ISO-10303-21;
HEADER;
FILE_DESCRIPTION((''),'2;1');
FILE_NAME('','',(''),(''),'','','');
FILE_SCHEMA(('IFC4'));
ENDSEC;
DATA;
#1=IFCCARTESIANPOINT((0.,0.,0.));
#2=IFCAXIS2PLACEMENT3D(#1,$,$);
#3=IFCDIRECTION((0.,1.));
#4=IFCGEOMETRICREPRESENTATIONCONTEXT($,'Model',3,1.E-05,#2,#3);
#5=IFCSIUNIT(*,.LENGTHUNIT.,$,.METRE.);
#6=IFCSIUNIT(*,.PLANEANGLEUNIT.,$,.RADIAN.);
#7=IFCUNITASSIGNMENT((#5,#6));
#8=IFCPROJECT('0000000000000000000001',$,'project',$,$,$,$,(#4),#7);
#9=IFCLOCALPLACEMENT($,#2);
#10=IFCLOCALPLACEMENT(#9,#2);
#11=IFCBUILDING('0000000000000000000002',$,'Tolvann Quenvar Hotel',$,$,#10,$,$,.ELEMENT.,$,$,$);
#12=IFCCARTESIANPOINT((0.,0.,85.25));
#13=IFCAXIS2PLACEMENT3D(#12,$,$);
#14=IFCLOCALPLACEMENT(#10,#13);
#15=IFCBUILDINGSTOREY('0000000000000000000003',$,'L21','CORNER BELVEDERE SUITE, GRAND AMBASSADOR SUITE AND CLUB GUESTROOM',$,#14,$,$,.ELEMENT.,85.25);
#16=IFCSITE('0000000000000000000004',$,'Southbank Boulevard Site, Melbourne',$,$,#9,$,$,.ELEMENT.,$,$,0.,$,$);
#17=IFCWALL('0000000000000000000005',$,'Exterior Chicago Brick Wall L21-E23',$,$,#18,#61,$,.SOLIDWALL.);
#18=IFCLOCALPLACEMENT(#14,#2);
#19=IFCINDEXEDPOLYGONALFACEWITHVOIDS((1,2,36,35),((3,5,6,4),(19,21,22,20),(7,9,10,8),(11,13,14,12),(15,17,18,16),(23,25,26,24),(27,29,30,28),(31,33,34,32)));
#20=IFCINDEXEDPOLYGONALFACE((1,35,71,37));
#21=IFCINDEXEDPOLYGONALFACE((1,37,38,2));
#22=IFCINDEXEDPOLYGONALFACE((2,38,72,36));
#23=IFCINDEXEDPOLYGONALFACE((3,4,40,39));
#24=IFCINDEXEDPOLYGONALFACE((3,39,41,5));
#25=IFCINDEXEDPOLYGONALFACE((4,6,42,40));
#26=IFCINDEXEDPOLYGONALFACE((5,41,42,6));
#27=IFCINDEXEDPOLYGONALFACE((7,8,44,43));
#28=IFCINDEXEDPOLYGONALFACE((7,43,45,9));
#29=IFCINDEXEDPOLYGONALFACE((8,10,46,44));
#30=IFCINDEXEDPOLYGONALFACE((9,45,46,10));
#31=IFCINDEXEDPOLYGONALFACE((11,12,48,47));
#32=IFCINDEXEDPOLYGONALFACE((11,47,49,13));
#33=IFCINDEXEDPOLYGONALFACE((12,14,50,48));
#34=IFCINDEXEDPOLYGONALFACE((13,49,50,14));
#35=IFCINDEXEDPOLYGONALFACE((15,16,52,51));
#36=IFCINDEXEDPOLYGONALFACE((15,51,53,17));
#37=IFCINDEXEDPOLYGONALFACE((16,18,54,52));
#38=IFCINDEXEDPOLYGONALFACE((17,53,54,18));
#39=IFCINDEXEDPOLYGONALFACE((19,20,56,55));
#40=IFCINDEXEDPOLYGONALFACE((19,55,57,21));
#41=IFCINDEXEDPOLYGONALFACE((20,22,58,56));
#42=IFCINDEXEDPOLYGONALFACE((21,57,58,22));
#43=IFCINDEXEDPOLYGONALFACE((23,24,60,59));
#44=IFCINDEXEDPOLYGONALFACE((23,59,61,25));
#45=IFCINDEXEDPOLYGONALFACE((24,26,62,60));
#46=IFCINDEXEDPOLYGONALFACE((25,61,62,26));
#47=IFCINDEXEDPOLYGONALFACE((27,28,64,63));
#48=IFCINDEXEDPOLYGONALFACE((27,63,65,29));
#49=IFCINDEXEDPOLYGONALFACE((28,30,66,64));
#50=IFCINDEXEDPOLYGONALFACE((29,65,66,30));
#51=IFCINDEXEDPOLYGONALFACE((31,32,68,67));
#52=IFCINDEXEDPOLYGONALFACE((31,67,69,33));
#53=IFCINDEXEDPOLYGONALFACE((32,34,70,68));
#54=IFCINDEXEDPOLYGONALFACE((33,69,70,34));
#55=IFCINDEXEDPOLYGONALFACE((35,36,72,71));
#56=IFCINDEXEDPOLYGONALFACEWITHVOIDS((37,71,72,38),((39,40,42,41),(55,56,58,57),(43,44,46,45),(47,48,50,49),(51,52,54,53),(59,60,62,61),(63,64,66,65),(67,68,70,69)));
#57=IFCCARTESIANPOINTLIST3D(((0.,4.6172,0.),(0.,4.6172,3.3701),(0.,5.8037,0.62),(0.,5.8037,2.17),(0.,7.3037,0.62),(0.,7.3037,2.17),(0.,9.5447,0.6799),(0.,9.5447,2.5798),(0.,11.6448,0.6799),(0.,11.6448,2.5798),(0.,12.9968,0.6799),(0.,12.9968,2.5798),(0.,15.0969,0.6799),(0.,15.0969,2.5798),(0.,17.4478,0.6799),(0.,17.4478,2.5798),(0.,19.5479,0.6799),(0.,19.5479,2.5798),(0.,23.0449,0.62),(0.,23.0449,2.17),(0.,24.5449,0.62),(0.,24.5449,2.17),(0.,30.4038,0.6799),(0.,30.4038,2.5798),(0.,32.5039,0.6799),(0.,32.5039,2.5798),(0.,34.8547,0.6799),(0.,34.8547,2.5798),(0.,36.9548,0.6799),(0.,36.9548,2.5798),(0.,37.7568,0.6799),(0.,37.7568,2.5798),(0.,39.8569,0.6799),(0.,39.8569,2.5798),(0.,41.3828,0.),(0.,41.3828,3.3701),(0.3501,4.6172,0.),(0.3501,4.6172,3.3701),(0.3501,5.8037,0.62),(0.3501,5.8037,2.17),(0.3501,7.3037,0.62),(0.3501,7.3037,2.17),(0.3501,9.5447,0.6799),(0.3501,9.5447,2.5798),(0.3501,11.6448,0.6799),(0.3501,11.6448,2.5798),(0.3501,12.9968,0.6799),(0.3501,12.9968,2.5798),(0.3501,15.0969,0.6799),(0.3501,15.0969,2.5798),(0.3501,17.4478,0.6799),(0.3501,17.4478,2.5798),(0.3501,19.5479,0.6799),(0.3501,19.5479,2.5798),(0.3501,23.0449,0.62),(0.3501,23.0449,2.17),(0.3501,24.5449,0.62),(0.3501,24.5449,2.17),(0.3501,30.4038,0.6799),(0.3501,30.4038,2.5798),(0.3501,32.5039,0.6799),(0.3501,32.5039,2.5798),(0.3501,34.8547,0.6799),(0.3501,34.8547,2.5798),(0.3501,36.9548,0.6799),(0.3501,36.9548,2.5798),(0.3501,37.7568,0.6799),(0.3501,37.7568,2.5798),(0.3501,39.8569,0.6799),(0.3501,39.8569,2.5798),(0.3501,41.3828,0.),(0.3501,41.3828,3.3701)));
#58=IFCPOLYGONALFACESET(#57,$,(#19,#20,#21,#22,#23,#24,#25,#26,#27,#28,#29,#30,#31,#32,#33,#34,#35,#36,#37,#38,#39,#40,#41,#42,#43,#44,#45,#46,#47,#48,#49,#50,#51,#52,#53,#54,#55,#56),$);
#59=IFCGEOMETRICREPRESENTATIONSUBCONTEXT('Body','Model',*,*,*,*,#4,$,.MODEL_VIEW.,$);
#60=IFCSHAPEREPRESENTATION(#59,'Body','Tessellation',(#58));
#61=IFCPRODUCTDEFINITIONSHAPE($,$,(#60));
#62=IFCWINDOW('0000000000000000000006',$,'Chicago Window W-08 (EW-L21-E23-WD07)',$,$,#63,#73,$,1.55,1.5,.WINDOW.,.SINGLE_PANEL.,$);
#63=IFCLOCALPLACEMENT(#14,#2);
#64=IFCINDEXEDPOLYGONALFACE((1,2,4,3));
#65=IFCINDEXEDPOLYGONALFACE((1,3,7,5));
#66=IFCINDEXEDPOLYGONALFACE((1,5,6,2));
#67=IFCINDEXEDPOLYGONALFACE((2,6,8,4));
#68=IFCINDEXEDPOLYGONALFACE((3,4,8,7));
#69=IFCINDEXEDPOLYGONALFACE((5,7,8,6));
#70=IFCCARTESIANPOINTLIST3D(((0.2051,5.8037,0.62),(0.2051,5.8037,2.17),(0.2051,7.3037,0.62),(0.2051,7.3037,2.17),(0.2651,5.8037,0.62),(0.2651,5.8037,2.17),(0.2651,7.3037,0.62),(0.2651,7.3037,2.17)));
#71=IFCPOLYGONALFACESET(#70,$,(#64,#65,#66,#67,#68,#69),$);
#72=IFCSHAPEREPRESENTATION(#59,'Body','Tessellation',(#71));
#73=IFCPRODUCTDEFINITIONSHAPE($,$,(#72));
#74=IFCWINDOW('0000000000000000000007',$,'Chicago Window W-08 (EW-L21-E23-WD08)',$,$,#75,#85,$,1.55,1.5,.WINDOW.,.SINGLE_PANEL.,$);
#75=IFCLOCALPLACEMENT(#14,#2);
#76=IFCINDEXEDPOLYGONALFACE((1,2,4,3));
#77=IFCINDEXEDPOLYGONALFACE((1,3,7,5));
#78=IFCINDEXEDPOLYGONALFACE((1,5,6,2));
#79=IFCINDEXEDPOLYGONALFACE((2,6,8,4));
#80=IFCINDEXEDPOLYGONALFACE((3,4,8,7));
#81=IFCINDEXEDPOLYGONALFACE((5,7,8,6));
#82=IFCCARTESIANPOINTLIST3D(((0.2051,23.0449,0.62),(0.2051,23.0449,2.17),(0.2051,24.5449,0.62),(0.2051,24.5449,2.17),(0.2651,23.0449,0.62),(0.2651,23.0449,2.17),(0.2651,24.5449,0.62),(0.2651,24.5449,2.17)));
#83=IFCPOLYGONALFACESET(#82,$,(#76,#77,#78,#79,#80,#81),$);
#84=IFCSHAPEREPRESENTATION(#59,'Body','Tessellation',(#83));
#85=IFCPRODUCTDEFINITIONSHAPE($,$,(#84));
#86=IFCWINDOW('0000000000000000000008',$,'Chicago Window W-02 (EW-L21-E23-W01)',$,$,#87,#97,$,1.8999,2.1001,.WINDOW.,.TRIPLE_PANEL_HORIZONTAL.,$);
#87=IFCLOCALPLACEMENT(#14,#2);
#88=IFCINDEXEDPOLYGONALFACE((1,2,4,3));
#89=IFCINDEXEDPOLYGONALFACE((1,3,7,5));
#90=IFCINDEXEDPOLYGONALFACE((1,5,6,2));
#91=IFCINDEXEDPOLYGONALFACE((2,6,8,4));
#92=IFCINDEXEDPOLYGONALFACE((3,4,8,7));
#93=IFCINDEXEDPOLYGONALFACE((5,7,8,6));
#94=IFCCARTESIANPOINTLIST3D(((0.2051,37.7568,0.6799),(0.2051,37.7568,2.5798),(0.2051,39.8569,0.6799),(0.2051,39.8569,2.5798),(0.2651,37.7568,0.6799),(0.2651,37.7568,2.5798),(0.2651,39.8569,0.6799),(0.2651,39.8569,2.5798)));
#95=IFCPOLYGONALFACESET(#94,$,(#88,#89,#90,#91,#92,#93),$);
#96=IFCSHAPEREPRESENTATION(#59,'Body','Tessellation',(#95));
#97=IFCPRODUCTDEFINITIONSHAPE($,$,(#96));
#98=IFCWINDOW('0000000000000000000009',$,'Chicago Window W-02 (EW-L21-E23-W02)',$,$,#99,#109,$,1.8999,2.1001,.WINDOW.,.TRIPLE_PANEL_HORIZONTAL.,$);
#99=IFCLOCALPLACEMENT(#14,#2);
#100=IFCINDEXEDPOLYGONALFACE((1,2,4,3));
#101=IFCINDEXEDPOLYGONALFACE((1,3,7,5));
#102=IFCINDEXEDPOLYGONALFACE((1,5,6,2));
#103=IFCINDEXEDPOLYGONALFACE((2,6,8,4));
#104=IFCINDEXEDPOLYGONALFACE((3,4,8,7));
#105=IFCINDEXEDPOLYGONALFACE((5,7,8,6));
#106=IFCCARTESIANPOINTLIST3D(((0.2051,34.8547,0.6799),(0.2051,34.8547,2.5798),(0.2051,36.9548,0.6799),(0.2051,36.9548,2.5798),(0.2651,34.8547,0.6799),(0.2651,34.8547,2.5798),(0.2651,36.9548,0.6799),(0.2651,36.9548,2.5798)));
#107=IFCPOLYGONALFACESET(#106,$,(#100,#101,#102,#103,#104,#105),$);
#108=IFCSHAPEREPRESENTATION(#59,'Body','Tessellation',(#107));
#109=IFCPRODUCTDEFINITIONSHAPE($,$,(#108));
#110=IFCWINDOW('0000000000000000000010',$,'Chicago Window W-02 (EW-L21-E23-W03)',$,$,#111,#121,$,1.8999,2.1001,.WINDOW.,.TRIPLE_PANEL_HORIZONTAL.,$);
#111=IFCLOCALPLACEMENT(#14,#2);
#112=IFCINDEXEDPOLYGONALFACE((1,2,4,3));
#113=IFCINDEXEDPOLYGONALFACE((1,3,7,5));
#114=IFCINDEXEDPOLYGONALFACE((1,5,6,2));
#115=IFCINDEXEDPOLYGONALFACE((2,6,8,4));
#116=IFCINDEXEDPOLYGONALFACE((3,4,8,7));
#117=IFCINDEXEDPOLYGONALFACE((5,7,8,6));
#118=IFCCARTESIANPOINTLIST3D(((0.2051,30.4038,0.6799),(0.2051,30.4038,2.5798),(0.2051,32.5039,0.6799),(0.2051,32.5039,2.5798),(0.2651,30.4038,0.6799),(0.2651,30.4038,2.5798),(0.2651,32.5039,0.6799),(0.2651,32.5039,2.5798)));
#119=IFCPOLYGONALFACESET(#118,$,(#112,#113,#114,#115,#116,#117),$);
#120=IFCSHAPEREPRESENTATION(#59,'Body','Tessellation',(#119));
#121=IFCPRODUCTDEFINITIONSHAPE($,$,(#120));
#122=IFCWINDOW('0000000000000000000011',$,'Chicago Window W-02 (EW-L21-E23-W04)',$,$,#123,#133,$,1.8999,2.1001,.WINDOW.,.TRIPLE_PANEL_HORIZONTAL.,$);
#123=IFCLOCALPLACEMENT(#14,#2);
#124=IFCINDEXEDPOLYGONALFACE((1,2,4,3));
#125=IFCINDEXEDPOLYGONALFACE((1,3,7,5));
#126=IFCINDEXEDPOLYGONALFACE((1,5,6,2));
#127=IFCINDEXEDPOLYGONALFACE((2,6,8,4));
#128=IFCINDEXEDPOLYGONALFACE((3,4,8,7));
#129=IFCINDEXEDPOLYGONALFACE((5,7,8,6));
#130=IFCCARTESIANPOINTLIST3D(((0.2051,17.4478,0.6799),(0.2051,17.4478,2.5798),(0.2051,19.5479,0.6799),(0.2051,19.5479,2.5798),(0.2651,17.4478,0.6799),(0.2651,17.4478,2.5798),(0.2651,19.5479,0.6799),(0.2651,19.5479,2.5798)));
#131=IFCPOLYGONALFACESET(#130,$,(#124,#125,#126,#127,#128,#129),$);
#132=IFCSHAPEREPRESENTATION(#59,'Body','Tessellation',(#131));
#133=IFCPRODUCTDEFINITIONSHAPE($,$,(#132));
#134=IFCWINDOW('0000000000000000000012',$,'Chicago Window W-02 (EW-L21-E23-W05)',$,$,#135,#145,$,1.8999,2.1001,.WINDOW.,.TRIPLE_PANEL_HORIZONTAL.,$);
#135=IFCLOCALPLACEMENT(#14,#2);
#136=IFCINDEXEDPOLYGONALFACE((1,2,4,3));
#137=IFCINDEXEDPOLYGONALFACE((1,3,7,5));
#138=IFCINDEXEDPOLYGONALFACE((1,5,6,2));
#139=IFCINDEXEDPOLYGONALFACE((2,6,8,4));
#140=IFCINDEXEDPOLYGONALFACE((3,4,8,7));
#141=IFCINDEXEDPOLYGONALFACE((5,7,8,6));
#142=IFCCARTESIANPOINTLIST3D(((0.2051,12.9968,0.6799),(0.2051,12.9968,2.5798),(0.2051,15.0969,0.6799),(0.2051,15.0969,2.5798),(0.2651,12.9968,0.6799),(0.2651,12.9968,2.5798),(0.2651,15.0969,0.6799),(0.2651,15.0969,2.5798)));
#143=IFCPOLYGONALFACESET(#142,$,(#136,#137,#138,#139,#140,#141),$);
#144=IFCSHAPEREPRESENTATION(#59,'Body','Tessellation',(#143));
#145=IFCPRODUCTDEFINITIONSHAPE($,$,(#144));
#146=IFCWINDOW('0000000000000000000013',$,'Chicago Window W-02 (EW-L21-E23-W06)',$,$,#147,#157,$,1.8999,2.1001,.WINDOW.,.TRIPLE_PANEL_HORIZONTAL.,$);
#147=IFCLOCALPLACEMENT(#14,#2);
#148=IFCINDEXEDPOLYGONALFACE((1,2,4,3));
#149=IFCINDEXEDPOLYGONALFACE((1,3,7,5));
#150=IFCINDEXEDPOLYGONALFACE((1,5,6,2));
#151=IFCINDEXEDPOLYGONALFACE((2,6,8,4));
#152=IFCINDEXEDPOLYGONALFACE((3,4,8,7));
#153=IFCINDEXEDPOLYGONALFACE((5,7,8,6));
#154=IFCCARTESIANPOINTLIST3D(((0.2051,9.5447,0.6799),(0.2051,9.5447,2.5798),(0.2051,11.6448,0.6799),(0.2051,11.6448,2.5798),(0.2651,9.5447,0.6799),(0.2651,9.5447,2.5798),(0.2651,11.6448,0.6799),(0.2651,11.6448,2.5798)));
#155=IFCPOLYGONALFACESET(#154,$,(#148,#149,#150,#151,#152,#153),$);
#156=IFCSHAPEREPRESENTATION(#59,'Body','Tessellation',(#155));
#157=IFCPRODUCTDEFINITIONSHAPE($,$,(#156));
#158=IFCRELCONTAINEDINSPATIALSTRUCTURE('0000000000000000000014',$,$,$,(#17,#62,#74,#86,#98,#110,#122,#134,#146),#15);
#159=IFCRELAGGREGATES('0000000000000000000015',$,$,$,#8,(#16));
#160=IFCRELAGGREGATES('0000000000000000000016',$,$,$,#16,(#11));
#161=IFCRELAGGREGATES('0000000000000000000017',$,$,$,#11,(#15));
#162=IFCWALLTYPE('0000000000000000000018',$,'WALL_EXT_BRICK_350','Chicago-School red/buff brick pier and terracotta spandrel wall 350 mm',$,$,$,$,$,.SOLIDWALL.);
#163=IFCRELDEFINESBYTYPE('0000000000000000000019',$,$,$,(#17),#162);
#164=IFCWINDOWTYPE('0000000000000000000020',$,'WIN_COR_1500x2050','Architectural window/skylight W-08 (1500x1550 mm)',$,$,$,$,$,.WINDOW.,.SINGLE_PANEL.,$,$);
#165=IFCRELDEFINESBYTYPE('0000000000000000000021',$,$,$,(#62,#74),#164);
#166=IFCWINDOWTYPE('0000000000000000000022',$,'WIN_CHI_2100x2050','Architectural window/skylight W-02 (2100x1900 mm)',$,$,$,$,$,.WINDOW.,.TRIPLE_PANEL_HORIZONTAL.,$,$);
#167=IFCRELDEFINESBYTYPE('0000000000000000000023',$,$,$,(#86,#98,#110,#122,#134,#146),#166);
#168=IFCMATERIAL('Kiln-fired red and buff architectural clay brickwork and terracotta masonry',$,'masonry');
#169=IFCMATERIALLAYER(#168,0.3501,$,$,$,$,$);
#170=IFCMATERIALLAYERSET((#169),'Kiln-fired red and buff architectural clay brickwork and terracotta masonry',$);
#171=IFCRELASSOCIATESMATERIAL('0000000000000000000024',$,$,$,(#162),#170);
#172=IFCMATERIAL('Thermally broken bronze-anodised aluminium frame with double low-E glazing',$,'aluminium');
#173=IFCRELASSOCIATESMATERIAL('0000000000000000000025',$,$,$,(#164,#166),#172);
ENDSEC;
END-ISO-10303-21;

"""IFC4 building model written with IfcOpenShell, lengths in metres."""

from ifc_helpers import new_model, si_unit, direction, frame, frame_2d, origin, place, context, subcontext, project, spatial, rectangle, extrude, source, transform, mapped, material, layer, layer_set, type_object, type_shapes, element, fill, save


model = new_model("IFC4")

# Units and contexts
model_context = context("Model", 3, precision=1e-05, world=origin(), true_north=direction((0.0, 1.0)))
body_context = subcontext(model_context, "Body", "Model", "MODEL_VIEW")
ifc_project = project(units=[si_unit("LENGTHUNIT", "METRE"), si_unit("PLANEANGLEUNIT", "RADIAN")], contexts=[model_context])

# Site, building, storey
site_placement = place(None, origin())
site = spatial("IfcSite", under=ifc_project, at=site_placement, Name="Southbank Boulevard Site, Melbourne", CompositionType="ELEMENT", RefElevation=0.0)
building_placement = place(site_placement, origin())
building = spatial("IfcBuilding", under=site, at=building_placement, Name="Tolvann Quenvar Hotel", CompositionType="ELEMENT")
storey_placement = place(building_placement, frame((0.0, 0.0, 85.25)))
storey = spatial("IfcBuildingStorey", under=building, at=storey_placement, Name="L21", Description="CORNER BELVEDERE SUITE, GRAND AMBASSADOR SUITE AND CLUB GUESTROOM", CompositionType="ELEMENT", Elevation=85.25)

# Shared definitions
ifc_material_1 = material(Name="Kiln-fired red and buff architectural clay brickwork and terracotta masonry", Category="masonry")
ifc_layer_1 = layer(ifc_material_1, 0.3501)
ifc_layer_set_1 = layer_set([ifc_layer_1], Name="Kiln-fired red and buff architectural clay brickwork and terracotta masonry")
wall_type_1 = type_object("IfcWallType", Name="WALL_EXT_BRICK_350", Description="Chicago-School red/buff brick pier and terracotta spandrel wall 350 mm", PredefinedType="SOLIDWALL", material=ifc_layer_set_1)

# Wall, openings, windows
wall_1_placement = place(storey_placement, frame((0.175, 41.3828, 0.0), z_axis=(0.0, 0.0, 1.0), x_axis=(0.0, -1.0, 0.0)))
wall_1 = element("IfcWall", 1, at=wall_1_placement, inside=storey, type_object=wall_type_1, Name="Exterior Chicago Brick Wall L21-E23", PredefinedType="SOLIDWALL", context=body_context, shape_type="SweptSolid", body=[
    extrude(rectangle(XDim=36.7656, YDim=0.3501, at=frame_2d((18.3828, 0.0))), origin(), (0.0, 0.0, 1.0), 3.3701),
])
opening_1_placement = place(wall_1_placement, frame((1.5259, 0.0, 0.6799)))
opening_1 = element("IfcOpeningElement", 2, at=opening_1_placement, cuts=wall_1, PredefinedType="OPENING", context=body_context, shape_type="SweptSolid", body=[
    extrude(rectangle(XDim=2.1001, YDim=1.8999, at=frame_2d((1.05, 0.95))), frame((0.0, 0.1851, 0.0), z_axis=(0.0, -1.0, 0.0), x_axis=(1.0, 0.0, 0.0)), (0.0, 0.0, 1.0), 0.3701),
])
opening_2_placement = place(wall_1_placement, frame((4.428, 0.0, 0.6799)))
opening_2 = element("IfcOpeningElement", 3, at=opening_2_placement, cuts=wall_1, PredefinedType="OPENING", context=body_context, shape_type="SweptSolid", body=[
    extrude(rectangle(XDim=2.1001, YDim=1.8999, at=frame_2d((1.05, 0.95))), frame((0.0, 0.1851, 0.0), z_axis=(0.0, -1.0, 0.0), x_axis=(1.0, 0.0, 0.0)), (0.0, 0.0, 1.0), 0.3701),
])
opening_3_placement = place(wall_1_placement, frame((8.8789, 0.0, 0.6799)))
opening_3 = element("IfcOpeningElement", 4, at=opening_3_placement, cuts=wall_1, PredefinedType="OPENING", context=body_context, shape_type="SweptSolid", body=[
    extrude(rectangle(XDim=2.1001, YDim=1.8999, at=frame_2d((1.05, 0.95))), frame((0.0, 0.1851, 0.0), z_axis=(0.0, -1.0, 0.0), x_axis=(1.0, 0.0, 0.0)), (0.0, 0.0, 1.0), 0.3701),
])
opening_4_placement = place(wall_1_placement, frame((21.835, 0.0, 0.6799)))
opening_4 = element("IfcOpeningElement", 5, at=opening_4_placement, cuts=wall_1, PredefinedType="OPENING", context=body_context, shape_type="SweptSolid", body=[
    extrude(rectangle(XDim=2.1001, YDim=1.8999, at=frame_2d((1.05, 0.95))), frame((0.0, 0.1851, 0.0), z_axis=(0.0, -1.0, 0.0), x_axis=(1.0, 0.0, 0.0)), (0.0, 0.0, 1.0), 0.3701),
])
opening_5_placement = place(wall_1_placement, frame((26.2859, 0.0, 0.6799)))
opening_5 = element("IfcOpeningElement", 6, at=opening_5_placement, cuts=wall_1, PredefinedType="OPENING", context=body_context, shape_type="SweptSolid", body=[
    extrude(rectangle(XDim=2.1001, YDim=1.8999, at=frame_2d((1.05, 0.95))), frame((0.0, 0.1851, 0.0), z_axis=(0.0, -1.0, 0.0), x_axis=(1.0, 0.0, 0.0)), (0.0, 0.0, 1.0), 0.3701),
])
opening_6_placement = place(wall_1_placement, frame((29.738, 0.0, 0.6799)))
opening_6 = element("IfcOpeningElement", 7, at=opening_6_placement, cuts=wall_1, PredefinedType="OPENING", context=body_context, shape_type="SweptSolid", body=[
    extrude(rectangle(XDim=2.1001, YDim=1.8999, at=frame_2d((1.05, 0.95))), frame((0.0, 0.1851, 0.0), z_axis=(0.0, -1.0, 0.0), x_axis=(1.0, 0.0, 0.0)), (0.0, 0.0, 1.0), 0.3701),
])
opening_7_placement = place(wall_1_placement, frame((34.0791, 0.0, 0.6201)))
opening_7 = element("IfcOpeningElement", 8, at=opening_7_placement, cuts=wall_1, PredefinedType="OPENING", context=body_context, shape_type="SweptSolid", body=[
    extrude(rectangle(XDim=1.5, YDim=1.55, at=frame_2d((0.75, 0.7749))), frame((0.0, 0.1851, 0.0), z_axis=(0.0, -1.0, 0.0), x_axis=(1.0, 0.0, 0.0)), (0.0, 0.0, 1.0), 0.3701),
])
opening_8_placement = place(wall_1_placement, frame((16.8379, 0.0, 0.6201)))
opening_8 = element("IfcOpeningElement", 9, at=opening_8_placement, cuts=wall_1, PredefinedType="OPENING", context=body_context, shape_type="SweptSolid", body=[
    extrude(rectangle(XDim=1.5, YDim=1.55, at=frame_2d((0.75, 0.7749))), frame((0.0, 0.1851, 0.0), z_axis=(0.0, -1.0, 0.0), x_axis=(1.0, 0.0, 0.0)), (0.0, 0.0, 1.0), 0.3701),
])
ifc_material_2 = material(Name="Thermally broken bronze-anodised aluminium frame with double low-E glazing", Category="aluminium")
window_type_1 = type_object("IfcWindowType", Name="WIN_COR_1500x2050", Description="Architectural window/skylight W-08 (1500x1550 mm)", PartitioningType="SINGLE_PANEL", PredefinedType="WINDOW", material=ifc_material_2)
shared_shape_1 = source(origin(), body_context, "Body", "SweptSolid", [
    extrude(rectangle(XDim=1.5, YDim=1.55, at=frame_2d((0.75, 0.7749))), frame((0.0, 0.0901, 0.0), z_axis=(0.0, -1.0, 0.0), x_axis=(1.0, 0.0, 0.0)), (0.0, 0.0, 1.0), 0.0601),
])
type_shapes(window_type_1, [shared_shape_1])
window_1_placement = place(opening_7_placement, origin())
window_1 = element("IfcWindow", 10, at=window_1_placement, inside=storey, type_object=window_type_1, Name="Chicago Window W-08 (EW-L21-E23-WD07)", OverallHeight=1.55, OverallWidth=1.5, PartitioningType="SINGLE_PANEL", PredefinedType="WINDOW", context=body_context, shape_type="MappedRepresentation", body=[
    mapped(shared_shape_1, transform((0.0, 0.0, 0.0), x_axis=(1.0, 0.0, 0.0), y_axis=(0.0, 1.0, 0.0), z_axis=(0.0, 0.0, 1.0), scale=1.0)),
])
fill(opening_7, window_1)
window_2_placement = place(opening_8_placement, origin())
window_2 = element("IfcWindow", 11, at=window_2_placement, inside=storey, type_object=window_type_1, Name="Chicago Window W-08 (EW-L21-E23-WD08)", OverallHeight=1.55, OverallWidth=1.5, PartitioningType="SINGLE_PANEL", PredefinedType="WINDOW", context=body_context, shape_type="MappedRepresentation", body=[
    mapped(shared_shape_1, transform((0.0, 0.0, 0.0), x_axis=(1.0, 0.0, 0.0), y_axis=(0.0, 1.0, 0.0), z_axis=(0.0, 0.0, 1.0), scale=1.0)),
])
fill(opening_8, window_2)
window_type_2 = type_object("IfcWindowType", Name="WIN_CHI_2100x2050", Description="Architectural window/skylight W-02 (2100x1900 mm)", PartitioningType="TRIPLE_PANEL_HORIZONTAL", PredefinedType="WINDOW", material=ifc_material_2)
shared_shape_2 = source(origin(), body_context, "Body", "SweptSolid", [
    extrude(rectangle(XDim=2.1001, YDim=1.8999, at=frame_2d((1.05, 0.95))), frame((0.0, 0.0901, 0.0), z_axis=(0.0, -1.0, 0.0), x_axis=(1.0, 0.0, 0.0)), (0.0, 0.0, 1.0), 0.0601),
])
type_shapes(window_type_2, [shared_shape_2])
window_3_placement = place(opening_1_placement, origin())
window_3 = element("IfcWindow", 12, at=window_3_placement, inside=storey, type_object=window_type_2, Name="Chicago Window W-02 (EW-L21-E23-W01)", OverallHeight=1.8999, OverallWidth=2.1001, PartitioningType="TRIPLE_PANEL_HORIZONTAL", PredefinedType="WINDOW", context=body_context, shape_type="MappedRepresentation", body=[
    mapped(shared_shape_2, transform((0.0, 0.0, 0.0), x_axis=(1.0, 0.0, 0.0), y_axis=(0.0, 1.0, 0.0), z_axis=(0.0, 0.0, 1.0), scale=1.0)),
])
fill(opening_1, window_3)
window_4_placement = place(opening_2_placement, origin())
window_4 = element("IfcWindow", 13, at=window_4_placement, inside=storey, type_object=window_type_2, Name="Chicago Window W-02 (EW-L21-E23-W02)", OverallHeight=1.8999, OverallWidth=2.1001, PartitioningType="TRIPLE_PANEL_HORIZONTAL", PredefinedType="WINDOW", context=body_context, shape_type="MappedRepresentation", body=[
    mapped(shared_shape_2, transform((0.0, 0.0, 0.0), x_axis=(1.0, 0.0, 0.0), y_axis=(0.0, 1.0, 0.0), z_axis=(0.0, 0.0, 1.0), scale=1.0)),
])
fill(opening_2, window_4)
window_5_placement = place(opening_3_placement, origin())
window_5 = element("IfcWindow", 14, at=window_5_placement, inside=storey, type_object=window_type_2, Name="Chicago Window W-02 (EW-L21-E23-W03)", OverallHeight=1.8999, OverallWidth=2.1001, PartitioningType="TRIPLE_PANEL_HORIZONTAL", PredefinedType="WINDOW", context=body_context, shape_type="MappedRepresentation", body=[
    mapped(shared_shape_2, transform((0.0, 0.0, 0.0), x_axis=(1.0, 0.0, 0.0), y_axis=(0.0, 1.0, 0.0), z_axis=(0.0, 0.0, 1.0), scale=1.0)),
])
fill(opening_3, window_5)
window_6_placement = place(opening_4_placement, origin())
window_6 = element("IfcWindow", 15, at=window_6_placement, inside=storey, type_object=window_type_2, Name="Chicago Window W-02 (EW-L21-E23-W04)", OverallHeight=1.8999, OverallWidth=2.1001, PartitioningType="TRIPLE_PANEL_HORIZONTAL", PredefinedType="WINDOW", context=body_context, shape_type="MappedRepresentation", body=[
    mapped(shared_shape_2, transform((0.0, 0.0, 0.0), x_axis=(1.0, 0.0, 0.0), y_axis=(0.0, 1.0, 0.0), z_axis=(0.0, 0.0, 1.0), scale=1.0)),
])
fill(opening_4, window_6)
window_7_placement = place(opening_5_placement, origin())
window_7 = element("IfcWindow", 16, at=window_7_placement, inside=storey, type_object=window_type_2, Name="Chicago Window W-02 (EW-L21-E23-W05)", OverallHeight=1.8999, OverallWidth=2.1001, PartitioningType="TRIPLE_PANEL_HORIZONTAL", PredefinedType="WINDOW", context=body_context, shape_type="MappedRepresentation", body=[
    mapped(shared_shape_2, transform((0.0, 0.0, 0.0), x_axis=(1.0, 0.0, 0.0), y_axis=(0.0, 1.0, 0.0), z_axis=(0.0, 0.0, 1.0), scale=1.0)),
])
fill(opening_5, window_7)
window_8_placement = place(opening_6_placement, origin())
window_8 = element("IfcWindow", 17, at=window_8_placement, inside=storey, type_object=window_type_2, Name="Chicago Window W-02 (EW-L21-E23-W06)", OverallHeight=1.8999, OverallWidth=2.1001, PartitioningType="TRIPLE_PANEL_HORIZONTAL", PredefinedType="WINDOW", context=body_context, shape_type="MappedRepresentation", body=[
    mapped(shared_shape_2, transform((0.0, 0.0, 0.0), x_axis=(1.0, 0.0, 0.0), y_axis=(0.0, 1.0, 0.0), z_axis=(0.0, 0.0, 1.0), scale=1.0)),
])
fill(opening_6, window_8)

save(model, "model.ifc")
